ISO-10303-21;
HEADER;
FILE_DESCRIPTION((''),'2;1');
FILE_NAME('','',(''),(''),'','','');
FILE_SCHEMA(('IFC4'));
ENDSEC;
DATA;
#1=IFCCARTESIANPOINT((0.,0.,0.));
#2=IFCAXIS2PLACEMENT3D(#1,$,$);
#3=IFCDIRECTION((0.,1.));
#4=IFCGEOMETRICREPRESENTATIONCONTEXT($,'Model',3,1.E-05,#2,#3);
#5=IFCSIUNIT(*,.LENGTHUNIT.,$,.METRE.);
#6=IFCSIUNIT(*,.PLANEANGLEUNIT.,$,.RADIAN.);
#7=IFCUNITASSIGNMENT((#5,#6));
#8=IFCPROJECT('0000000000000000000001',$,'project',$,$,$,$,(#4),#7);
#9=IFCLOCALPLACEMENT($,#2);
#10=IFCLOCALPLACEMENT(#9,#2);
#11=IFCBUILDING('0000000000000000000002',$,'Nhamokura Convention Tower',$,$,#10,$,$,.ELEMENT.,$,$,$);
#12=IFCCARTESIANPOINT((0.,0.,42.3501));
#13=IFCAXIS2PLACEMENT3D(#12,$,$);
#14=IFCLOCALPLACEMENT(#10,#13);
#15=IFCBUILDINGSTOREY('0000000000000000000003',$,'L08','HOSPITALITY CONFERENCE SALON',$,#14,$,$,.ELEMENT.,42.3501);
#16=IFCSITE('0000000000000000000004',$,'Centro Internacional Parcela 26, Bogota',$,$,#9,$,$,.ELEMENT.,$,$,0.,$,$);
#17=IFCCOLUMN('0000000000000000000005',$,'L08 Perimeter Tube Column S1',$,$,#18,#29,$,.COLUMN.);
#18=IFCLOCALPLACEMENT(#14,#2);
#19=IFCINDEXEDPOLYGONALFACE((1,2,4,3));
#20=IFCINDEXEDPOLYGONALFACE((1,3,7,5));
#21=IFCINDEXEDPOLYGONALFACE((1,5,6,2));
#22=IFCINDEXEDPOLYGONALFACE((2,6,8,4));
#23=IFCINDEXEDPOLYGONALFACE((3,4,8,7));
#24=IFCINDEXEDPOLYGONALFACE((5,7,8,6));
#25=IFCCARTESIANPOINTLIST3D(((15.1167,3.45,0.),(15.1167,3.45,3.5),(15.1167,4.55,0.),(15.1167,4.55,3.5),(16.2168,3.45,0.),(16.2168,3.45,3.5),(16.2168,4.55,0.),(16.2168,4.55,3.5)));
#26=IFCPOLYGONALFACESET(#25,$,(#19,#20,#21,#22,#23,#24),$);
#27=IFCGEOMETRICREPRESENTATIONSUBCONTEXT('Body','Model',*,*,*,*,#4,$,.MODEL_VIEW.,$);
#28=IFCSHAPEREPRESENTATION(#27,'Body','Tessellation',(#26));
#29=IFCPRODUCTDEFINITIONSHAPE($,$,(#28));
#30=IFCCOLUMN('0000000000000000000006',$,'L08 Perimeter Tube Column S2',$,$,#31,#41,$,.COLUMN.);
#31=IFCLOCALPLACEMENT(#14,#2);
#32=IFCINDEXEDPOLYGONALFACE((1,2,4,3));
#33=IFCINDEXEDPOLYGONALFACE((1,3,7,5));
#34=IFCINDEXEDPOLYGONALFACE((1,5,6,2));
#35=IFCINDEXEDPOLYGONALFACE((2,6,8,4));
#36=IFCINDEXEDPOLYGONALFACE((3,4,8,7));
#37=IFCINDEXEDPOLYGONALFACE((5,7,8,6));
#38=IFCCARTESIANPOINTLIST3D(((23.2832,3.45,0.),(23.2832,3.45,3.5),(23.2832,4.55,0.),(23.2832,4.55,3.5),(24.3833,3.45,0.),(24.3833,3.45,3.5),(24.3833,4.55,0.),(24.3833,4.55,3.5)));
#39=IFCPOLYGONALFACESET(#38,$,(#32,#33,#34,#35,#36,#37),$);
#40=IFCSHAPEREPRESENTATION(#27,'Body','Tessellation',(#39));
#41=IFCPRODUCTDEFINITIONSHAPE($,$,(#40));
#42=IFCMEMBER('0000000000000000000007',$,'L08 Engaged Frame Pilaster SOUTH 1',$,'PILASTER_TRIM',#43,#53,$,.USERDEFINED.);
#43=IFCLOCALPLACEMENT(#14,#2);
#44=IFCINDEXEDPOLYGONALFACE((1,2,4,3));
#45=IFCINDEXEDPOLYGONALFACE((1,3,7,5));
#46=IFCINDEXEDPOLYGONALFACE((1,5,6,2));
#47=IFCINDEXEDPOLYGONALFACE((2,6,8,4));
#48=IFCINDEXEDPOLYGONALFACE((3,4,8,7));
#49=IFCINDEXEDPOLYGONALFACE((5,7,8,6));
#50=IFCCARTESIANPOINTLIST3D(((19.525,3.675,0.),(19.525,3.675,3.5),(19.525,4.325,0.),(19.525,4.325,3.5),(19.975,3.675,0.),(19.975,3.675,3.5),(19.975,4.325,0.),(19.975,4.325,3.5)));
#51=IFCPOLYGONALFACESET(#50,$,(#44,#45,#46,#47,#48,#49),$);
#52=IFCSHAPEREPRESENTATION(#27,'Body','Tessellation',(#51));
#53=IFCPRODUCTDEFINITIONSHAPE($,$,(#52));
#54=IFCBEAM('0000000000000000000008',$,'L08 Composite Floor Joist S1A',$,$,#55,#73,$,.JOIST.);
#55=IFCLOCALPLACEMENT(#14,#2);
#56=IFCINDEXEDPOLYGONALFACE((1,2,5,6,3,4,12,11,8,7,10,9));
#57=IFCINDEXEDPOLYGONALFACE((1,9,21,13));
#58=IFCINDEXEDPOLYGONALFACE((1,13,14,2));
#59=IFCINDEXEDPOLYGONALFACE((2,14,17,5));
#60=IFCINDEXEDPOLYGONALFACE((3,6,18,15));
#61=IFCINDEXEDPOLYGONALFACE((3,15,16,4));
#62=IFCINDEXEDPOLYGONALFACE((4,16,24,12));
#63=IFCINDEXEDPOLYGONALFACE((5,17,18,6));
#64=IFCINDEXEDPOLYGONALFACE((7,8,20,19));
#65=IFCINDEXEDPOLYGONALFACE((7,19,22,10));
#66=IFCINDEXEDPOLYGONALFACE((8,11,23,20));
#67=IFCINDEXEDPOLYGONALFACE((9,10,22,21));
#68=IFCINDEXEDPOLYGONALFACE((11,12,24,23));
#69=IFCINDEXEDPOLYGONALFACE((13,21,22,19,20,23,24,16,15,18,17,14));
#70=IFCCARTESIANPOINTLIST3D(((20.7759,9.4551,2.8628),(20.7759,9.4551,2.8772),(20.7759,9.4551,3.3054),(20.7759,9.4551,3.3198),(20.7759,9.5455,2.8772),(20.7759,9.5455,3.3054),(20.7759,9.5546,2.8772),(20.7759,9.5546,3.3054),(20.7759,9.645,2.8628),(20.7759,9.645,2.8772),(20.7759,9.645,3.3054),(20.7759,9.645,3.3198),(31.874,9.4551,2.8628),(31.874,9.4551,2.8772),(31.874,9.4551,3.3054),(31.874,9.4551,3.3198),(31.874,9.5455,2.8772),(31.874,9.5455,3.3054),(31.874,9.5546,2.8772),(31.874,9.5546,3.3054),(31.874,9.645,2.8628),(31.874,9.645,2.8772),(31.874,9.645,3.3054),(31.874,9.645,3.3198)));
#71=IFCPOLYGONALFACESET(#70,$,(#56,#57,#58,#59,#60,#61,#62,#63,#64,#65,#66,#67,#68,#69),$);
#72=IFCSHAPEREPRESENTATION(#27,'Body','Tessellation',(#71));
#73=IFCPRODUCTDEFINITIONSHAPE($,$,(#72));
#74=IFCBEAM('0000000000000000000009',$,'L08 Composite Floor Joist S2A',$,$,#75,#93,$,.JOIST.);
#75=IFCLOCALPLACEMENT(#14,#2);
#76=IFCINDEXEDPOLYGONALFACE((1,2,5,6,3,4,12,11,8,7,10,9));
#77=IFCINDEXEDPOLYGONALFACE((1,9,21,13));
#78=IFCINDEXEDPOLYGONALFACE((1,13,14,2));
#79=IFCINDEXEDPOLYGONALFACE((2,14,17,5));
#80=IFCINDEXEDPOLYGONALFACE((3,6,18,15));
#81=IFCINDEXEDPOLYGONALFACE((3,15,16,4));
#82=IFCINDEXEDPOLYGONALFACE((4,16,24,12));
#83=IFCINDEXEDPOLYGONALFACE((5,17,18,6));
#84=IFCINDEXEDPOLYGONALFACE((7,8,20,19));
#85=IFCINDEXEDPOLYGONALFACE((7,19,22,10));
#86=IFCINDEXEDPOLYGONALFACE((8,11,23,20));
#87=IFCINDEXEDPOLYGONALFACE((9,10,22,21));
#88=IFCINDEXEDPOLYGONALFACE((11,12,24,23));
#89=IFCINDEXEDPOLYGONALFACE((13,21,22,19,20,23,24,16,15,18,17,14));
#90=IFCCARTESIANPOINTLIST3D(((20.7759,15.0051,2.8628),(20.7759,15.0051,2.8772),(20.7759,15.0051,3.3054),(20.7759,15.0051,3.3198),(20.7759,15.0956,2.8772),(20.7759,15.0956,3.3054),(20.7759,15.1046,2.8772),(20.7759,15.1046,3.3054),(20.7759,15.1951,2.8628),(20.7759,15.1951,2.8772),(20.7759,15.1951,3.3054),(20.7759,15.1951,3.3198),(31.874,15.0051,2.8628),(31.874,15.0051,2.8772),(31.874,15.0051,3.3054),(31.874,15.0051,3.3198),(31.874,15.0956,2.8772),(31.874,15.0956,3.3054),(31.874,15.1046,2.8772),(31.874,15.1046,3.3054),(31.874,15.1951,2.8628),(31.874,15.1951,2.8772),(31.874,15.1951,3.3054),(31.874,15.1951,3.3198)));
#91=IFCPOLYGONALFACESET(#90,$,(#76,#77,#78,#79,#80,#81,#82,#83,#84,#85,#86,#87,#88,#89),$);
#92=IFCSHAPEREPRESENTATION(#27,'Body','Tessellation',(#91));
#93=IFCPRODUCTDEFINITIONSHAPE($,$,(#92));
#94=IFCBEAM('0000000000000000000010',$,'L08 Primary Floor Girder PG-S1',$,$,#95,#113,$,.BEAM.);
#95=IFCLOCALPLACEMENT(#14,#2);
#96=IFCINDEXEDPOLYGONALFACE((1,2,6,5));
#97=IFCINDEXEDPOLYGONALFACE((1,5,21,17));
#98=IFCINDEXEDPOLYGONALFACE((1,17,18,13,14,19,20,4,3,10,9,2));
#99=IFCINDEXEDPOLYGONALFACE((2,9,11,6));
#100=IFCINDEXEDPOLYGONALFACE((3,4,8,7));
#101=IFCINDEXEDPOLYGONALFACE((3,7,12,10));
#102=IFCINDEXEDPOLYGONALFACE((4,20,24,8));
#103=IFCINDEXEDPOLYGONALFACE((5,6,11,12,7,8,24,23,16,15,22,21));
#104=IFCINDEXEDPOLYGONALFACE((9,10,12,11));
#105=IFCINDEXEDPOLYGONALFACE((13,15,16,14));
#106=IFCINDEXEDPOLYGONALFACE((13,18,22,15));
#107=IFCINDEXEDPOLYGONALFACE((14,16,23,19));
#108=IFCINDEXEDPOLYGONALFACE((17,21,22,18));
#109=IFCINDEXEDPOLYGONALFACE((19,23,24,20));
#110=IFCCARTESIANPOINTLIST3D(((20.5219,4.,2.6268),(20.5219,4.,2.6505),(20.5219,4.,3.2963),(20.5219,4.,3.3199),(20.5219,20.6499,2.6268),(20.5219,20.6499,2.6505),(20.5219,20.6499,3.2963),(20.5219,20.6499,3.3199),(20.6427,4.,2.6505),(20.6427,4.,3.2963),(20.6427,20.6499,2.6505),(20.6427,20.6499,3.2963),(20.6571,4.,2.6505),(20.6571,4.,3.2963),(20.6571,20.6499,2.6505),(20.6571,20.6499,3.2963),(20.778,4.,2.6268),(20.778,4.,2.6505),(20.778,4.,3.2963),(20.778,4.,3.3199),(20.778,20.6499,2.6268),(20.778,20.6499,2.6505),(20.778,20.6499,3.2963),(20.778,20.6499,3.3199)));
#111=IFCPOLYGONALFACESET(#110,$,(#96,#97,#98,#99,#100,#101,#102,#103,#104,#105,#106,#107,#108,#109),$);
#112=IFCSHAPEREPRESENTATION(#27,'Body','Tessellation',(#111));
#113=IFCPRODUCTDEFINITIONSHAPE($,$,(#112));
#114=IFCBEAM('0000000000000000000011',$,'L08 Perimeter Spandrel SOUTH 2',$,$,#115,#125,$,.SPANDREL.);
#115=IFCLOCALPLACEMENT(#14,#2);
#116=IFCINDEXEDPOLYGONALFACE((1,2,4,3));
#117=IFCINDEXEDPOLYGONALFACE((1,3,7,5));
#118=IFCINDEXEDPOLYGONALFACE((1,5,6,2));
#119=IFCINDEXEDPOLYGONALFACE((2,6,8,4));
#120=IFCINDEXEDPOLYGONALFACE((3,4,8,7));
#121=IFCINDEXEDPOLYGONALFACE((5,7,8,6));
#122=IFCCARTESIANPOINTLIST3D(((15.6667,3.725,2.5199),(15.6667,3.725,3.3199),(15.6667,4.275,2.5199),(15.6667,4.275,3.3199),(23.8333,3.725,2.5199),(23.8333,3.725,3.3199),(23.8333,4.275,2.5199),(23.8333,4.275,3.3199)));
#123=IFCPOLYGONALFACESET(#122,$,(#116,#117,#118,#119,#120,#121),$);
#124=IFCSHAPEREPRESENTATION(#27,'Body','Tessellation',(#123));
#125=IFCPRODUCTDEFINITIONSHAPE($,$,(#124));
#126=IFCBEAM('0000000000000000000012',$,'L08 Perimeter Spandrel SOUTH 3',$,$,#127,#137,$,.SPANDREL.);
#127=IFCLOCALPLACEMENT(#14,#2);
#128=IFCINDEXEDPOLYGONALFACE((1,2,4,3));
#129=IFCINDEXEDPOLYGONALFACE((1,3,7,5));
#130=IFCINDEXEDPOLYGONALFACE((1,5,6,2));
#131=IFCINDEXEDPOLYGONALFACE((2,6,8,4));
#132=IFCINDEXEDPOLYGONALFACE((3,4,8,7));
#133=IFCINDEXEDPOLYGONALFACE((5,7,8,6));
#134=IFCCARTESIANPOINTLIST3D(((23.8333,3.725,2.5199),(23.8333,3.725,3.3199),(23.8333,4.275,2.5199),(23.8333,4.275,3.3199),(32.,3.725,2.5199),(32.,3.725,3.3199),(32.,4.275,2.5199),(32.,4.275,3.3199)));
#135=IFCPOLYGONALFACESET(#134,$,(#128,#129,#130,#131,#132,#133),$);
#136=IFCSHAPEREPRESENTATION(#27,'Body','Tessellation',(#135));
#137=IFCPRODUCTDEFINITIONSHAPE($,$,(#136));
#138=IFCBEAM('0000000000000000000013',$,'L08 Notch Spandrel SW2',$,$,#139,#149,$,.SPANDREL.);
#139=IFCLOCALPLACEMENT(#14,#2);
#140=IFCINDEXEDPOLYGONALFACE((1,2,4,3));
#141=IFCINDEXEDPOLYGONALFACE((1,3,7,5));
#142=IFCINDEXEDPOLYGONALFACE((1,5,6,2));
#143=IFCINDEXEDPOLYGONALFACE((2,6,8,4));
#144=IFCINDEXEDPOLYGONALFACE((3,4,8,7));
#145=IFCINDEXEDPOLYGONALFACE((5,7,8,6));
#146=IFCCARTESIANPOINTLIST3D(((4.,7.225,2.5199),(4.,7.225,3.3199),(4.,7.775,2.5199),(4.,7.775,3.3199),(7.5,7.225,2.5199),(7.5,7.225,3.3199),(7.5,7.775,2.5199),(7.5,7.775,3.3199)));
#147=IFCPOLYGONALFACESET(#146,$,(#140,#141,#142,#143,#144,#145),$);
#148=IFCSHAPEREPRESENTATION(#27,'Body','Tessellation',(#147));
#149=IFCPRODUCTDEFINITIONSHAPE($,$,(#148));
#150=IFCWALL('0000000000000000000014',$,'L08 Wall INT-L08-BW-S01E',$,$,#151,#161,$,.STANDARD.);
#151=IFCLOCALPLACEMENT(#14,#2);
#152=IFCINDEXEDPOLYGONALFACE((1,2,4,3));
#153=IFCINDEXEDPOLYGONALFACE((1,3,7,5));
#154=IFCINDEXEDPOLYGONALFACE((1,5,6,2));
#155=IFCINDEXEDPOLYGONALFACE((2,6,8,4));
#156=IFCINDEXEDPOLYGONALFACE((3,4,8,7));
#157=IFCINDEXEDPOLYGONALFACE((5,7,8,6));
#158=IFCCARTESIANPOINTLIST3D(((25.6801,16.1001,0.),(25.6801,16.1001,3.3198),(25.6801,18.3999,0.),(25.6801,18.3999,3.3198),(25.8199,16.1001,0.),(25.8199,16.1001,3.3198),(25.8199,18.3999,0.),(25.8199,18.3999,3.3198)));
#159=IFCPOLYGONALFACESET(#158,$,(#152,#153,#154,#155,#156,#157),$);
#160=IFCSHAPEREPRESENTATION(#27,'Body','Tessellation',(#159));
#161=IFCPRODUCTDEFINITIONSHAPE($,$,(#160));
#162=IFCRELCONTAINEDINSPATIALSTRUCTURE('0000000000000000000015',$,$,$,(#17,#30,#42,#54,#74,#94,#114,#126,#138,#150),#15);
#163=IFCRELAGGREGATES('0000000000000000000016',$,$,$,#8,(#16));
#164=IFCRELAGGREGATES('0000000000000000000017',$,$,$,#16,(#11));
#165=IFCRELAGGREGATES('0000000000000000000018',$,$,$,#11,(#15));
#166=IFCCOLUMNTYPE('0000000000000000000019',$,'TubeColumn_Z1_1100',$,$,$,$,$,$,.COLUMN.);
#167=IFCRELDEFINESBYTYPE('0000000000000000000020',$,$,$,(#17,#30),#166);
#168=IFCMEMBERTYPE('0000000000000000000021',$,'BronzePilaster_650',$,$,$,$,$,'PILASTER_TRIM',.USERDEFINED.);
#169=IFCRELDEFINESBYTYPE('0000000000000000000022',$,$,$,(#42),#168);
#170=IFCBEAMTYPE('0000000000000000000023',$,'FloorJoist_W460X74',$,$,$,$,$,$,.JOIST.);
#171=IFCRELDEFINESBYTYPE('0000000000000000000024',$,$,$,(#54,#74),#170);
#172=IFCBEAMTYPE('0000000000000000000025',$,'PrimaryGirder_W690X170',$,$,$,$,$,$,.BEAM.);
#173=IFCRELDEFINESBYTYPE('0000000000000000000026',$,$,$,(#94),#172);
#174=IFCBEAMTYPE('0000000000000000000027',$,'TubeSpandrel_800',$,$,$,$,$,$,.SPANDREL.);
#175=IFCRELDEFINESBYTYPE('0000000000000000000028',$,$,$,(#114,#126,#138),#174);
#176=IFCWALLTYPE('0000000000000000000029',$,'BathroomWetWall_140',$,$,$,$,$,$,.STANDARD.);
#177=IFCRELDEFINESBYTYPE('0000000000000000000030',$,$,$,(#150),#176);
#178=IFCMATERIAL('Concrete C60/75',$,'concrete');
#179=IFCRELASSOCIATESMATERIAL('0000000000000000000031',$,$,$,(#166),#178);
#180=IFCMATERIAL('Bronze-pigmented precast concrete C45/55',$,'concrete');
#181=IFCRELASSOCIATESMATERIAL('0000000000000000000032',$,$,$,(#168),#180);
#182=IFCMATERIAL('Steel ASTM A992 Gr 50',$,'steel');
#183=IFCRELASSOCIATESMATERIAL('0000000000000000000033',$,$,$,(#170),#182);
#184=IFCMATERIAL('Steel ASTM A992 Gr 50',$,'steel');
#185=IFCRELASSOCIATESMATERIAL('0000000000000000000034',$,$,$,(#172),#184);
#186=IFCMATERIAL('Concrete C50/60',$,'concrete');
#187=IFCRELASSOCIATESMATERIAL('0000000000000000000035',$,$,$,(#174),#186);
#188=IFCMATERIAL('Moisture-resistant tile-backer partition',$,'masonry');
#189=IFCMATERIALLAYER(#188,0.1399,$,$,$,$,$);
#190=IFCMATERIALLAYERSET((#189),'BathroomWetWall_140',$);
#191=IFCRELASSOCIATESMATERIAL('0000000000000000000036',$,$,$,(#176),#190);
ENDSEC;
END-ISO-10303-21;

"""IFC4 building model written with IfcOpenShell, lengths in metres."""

from ifc_helpers import new_model, si_unit, direction, frame, frame_2d, origin, origin_2d, place, context, subcontext, project, spatial, rectangle, i_section, extrude, material, layer, layer_set, material_profile, profile_set, type_object, element, save


model = new_model("IFC4")

# Units and contexts
model_context = context("Model", 3, precision=1e-05, world=origin(), true_north=direction((0.0, 1.0)))
body_context = subcontext(model_context, "Body", "Model", "MODEL_VIEW")
ifc_project = project(units=[si_unit("LENGTHUNIT", "METRE"), si_unit("PLANEANGLEUNIT", "RADIAN")], contexts=[model_context])

# Site, building, storey
site_placement = place(None, origin())
site = spatial("IfcSite", under=ifc_project, at=site_placement, Name="Centro Internacional Parcela 26, Bogota", CompositionType="ELEMENT", RefElevation=0.0)
building_placement = place(site_placement, origin())
building = spatial("IfcBuilding", under=site, at=building_placement, Name="Nhamokura Convention Tower", CompositionType="ELEMENT")
storey_placement = place(building_placement, frame((0.0, 0.0, 42.3501)))
storey = spatial("IfcBuildingStorey", under=building, at=storey_placement, Name="L08", Description="HOSPITALITY CONFERENCE SALON", CompositionType="ELEMENT", Elevation=42.3501)

# Columns
ifc_material_1 = material(Name="Concrete C60/75", Category="concrete")
ifc_material_profile_1 = material_profile(ifc_material_1, rectangle(XDim=1.1001, YDim=1.1001, at=origin_2d()))
ifc_profile_set_1 = profile_set([ifc_material_profile_1], Name="Concrete C60/75")
column_type = type_object("IfcColumnType", Name="TubeColumn_Z1_1100", PredefinedType="COLUMN", material=ifc_profile_set_1)
for number, where, z_axis, x_axis, name in (
    (1, (15.6667, 4.0, 0.0), (0.0, 0.0, 1.0), (1.0, 0.0, 0.0), "L08 Perimeter Tube Column S1"),
    (2, (23.8333, 4.0, 0.0), (0.0, 0.0, 1.0), (1.0, 0.0, 0.0), "L08 Perimeter Tube Column S2"),
):
    element("IfcColumn", number, at=place(storey_placement, frame(where, z_axis=z_axis, x_axis=x_axis)), inside=storey, type_object=column_type, Name=name, PredefinedType="COLUMN", context=body_context, shape_type="SweptSolid", body=[
        extrude(rectangle(XDim=1.1001, YDim=1.1001, at=origin_2d()), origin(), (0.0, 0.0, 1.0), 3.5),
    ])

# Member
ifc_material_2 = material(Name="Bronze-pigmented precast concrete C45/55", Category="concrete")
ifc_material_profile_2 = material_profile(ifc_material_2, rectangle(XDim=0.45, YDim=0.6499, at=origin_2d()))
ifc_profile_set_2 = profile_set([ifc_material_profile_2], Name="Bronze-pigmented precast concrete C45/55")
member_type = type_object("IfcMemberType", Name="BronzePilaster_650", ElementType="PILASTER_TRIM", PredefinedType="USERDEFINED", material=ifc_profile_set_2)
member_placement = place(storey_placement, frame((19.75, 4.0, 0.0), z_axis=(0.0, 0.0, 1.0), x_axis=(1.0, 0.0, 0.0)))
element("IfcMember", 3, at=member_placement, inside=storey, type_object=member_type, Name="L08 Engaged Frame Pilaster SOUTH 1", ObjectType="PILASTER_TRIM", PredefinedType="USERDEFINED", context=body_context, shape_type="SweptSolid", body=[
    extrude(rectangle(XDim=0.45, YDim=0.6499, at=origin_2d()), origin(), (0.0, 0.0, 1.0), 3.5),
])

# Beams
ifc_material_3 = material(Name="Steel ASTM A992 Gr 50", Category="steel")
ifc_material_profile_3 = material_profile(ifc_material_3, i_section(OverallWidth=0.1899, OverallDepth=0.457, WebThickness=0.009, FlangeThickness=0.0144, at=origin_2d()))
ifc_profile_set_3 = profile_set([ifc_material_profile_3], Name="Steel ASTM A992 Gr 50")
beam_type_1 = type_object("IfcBeamType", Name="FloorJoist_W460X74", PredefinedType="JOIST", material=ifc_profile_set_3)
for number, where, z_axis, x_axis, name in (
    (4, (20.7759, 9.55, 3.0913), (1.0, 0.0, 0.0), (0.0, 1.0, 0.0), "L08 Composite Floor Joist S1A"),
    (5, (20.7759, 15.1001, 3.0913), (1.0, 0.0, 0.0), (0.0, 1.0, 0.0), "L08 Composite Floor Joist S2A"),
):
    element("IfcBeam", number, at=place(storey_placement, frame(where, z_axis=z_axis, x_axis=x_axis)), inside=storey, type_object=beam_type_1, Name=name, PredefinedType="JOIST", context=body_context, shape_type="SweptSolid", body=[
        extrude(i_section(OverallWidth=0.1899, OverallDepth=0.457, WebThickness=0.009, FlangeThickness=0.0144, at=origin_2d()), origin(), (0.0, 0.0, 1.0), 11.0981),
    ])
ifc_material_4 = material(Name="Steel ASTM A992 Gr 50", Category="steel")
ifc_material_profile_4 = material_profile(ifc_material_4, i_section(OverallWidth=0.2561, OverallDepth=0.6931, WebThickness=0.0144, FlangeThickness=0.0237, at=origin_2d()))
ifc_profile_set_4 = profile_set([ifc_material_profile_4], Name="Steel ASTM A992 Gr 50")
beam_type_2 = type_object("IfcBeamType", Name="PrimaryGirder_W690X170", PredefinedType="BEAM", material=ifc_profile_set_4)
beam_1_placement = place(storey_placement, frame((20.6499, 4.0, 2.9734), z_axis=(0.0, 1.0, 0.0), x_axis=(-1.0, 0.0, 0.0)))
element("IfcBeam", 6, at=beam_1_placement, inside=storey, type_object=beam_type_2, Name="L08 Primary Floor Girder PG-S1", PredefinedType="BEAM", context=body_context, shape_type="SweptSolid", body=[
    extrude(i_section(OverallWidth=0.2561, OverallDepth=0.6931, WebThickness=0.0144, FlangeThickness=0.0237, at=origin_2d()), origin(), (0.0, 0.0, 1.0), 16.6499),
])
ifc_material_5 = material(Name="Concrete C50/60", Category="concrete")
ifc_material_profile_5 = material_profile(ifc_material_5, rectangle(XDim=0.55, YDim=0.8, at=origin_2d()))
ifc_profile_set_5 = profile_set([ifc_material_profile_5], Name="Concrete C50/60")
beam_type_3 = type_object("IfcBeamType", Name="TubeSpandrel_800", PredefinedType="SPANDREL", material=ifc_profile_set_5)
beam_2_placement = place(storey_placement, frame((15.6667, 4.0, 2.9199), z_axis=(1.0, 0.0, 0.0), x_axis=(0.0, 1.0, 0.0)))
element("IfcBeam", 7, at=beam_2_placement, inside=storey, type_object=beam_type_3, Name="L08 Perimeter Spandrel SOUTH 2", PredefinedType="SPANDREL", context=body_context, shape_type="SweptSolid", body=[
    extrude(rectangle(XDim=0.55, YDim=0.8, at=origin_2d()), origin(), (0.0, 0.0, 1.0), 8.1665),
])
beam_3_placement = place(storey_placement, frame((23.8333, 4.0, 2.9199), z_axis=(1.0, 0.0, 0.0), x_axis=(0.0, 1.0, 0.0)))
element("IfcBeam", 8, at=beam_3_placement, inside=storey, type_object=beam_type_3, Name="L08 Perimeter Spandrel SOUTH 3", PredefinedType="SPANDREL", context=body_context, shape_type="SweptSolid", body=[
    extrude(rectangle(XDim=0.55, YDim=0.8, at=origin_2d()), origin(), (0.0, 0.0, 1.0), 8.1667),
])
beam_4_placement = place(storey_placement, frame((7.5, 7.5, 2.9199), z_axis=(-1.0, 0.0, 0.0), x_axis=(0.0, -1.0, 0.0)))
element("IfcBeam", 9, at=beam_4_placement, inside=storey, type_object=beam_type_3, Name="L08 Notch Spandrel SW2", PredefinedType="SPANDREL", context=body_context, shape_type="SweptSolid", body=[
    extrude(rectangle(XDim=0.55, YDim=0.8, at=origin_2d()), origin(), (0.0, 0.0, 1.0), 3.5),
])

# Wall
ifc_material_6 = material(Name="Moisture-resistant tile-backer partition", Category="masonry")
ifc_layer_1 = layer(ifc_material_6, 0.1399)
ifc_layer_set_1 = layer_set([ifc_layer_1], Name="BathroomWetWall_140")
wall_type_1 = type_object("IfcWallType", Name="BathroomWetWall_140", PredefinedType="STANDARD", material=ifc_layer_set_1)
wall_1_placement = place(storey_placement, frame((25.75, 16.1001, 0.0), z_axis=(0.0, 0.0, 1.0), x_axis=(0.0, 1.0, 0.0)))
element("IfcWall", 10, at=wall_1_placement, inside=storey, type_object=wall_type_1, Name="L08 Wall INT-L08-BW-S01E", PredefinedType="STANDARD", context=body_context, shape_type="SweptSolid", body=[
    extrude(rectangle(XDim=2.2998, YDim=0.1399, at=frame_2d((1.1499, 0.0))), origin(), (0.0, 0.0, 1.0), 3.3198),
])

save(model, "model.ifc")
